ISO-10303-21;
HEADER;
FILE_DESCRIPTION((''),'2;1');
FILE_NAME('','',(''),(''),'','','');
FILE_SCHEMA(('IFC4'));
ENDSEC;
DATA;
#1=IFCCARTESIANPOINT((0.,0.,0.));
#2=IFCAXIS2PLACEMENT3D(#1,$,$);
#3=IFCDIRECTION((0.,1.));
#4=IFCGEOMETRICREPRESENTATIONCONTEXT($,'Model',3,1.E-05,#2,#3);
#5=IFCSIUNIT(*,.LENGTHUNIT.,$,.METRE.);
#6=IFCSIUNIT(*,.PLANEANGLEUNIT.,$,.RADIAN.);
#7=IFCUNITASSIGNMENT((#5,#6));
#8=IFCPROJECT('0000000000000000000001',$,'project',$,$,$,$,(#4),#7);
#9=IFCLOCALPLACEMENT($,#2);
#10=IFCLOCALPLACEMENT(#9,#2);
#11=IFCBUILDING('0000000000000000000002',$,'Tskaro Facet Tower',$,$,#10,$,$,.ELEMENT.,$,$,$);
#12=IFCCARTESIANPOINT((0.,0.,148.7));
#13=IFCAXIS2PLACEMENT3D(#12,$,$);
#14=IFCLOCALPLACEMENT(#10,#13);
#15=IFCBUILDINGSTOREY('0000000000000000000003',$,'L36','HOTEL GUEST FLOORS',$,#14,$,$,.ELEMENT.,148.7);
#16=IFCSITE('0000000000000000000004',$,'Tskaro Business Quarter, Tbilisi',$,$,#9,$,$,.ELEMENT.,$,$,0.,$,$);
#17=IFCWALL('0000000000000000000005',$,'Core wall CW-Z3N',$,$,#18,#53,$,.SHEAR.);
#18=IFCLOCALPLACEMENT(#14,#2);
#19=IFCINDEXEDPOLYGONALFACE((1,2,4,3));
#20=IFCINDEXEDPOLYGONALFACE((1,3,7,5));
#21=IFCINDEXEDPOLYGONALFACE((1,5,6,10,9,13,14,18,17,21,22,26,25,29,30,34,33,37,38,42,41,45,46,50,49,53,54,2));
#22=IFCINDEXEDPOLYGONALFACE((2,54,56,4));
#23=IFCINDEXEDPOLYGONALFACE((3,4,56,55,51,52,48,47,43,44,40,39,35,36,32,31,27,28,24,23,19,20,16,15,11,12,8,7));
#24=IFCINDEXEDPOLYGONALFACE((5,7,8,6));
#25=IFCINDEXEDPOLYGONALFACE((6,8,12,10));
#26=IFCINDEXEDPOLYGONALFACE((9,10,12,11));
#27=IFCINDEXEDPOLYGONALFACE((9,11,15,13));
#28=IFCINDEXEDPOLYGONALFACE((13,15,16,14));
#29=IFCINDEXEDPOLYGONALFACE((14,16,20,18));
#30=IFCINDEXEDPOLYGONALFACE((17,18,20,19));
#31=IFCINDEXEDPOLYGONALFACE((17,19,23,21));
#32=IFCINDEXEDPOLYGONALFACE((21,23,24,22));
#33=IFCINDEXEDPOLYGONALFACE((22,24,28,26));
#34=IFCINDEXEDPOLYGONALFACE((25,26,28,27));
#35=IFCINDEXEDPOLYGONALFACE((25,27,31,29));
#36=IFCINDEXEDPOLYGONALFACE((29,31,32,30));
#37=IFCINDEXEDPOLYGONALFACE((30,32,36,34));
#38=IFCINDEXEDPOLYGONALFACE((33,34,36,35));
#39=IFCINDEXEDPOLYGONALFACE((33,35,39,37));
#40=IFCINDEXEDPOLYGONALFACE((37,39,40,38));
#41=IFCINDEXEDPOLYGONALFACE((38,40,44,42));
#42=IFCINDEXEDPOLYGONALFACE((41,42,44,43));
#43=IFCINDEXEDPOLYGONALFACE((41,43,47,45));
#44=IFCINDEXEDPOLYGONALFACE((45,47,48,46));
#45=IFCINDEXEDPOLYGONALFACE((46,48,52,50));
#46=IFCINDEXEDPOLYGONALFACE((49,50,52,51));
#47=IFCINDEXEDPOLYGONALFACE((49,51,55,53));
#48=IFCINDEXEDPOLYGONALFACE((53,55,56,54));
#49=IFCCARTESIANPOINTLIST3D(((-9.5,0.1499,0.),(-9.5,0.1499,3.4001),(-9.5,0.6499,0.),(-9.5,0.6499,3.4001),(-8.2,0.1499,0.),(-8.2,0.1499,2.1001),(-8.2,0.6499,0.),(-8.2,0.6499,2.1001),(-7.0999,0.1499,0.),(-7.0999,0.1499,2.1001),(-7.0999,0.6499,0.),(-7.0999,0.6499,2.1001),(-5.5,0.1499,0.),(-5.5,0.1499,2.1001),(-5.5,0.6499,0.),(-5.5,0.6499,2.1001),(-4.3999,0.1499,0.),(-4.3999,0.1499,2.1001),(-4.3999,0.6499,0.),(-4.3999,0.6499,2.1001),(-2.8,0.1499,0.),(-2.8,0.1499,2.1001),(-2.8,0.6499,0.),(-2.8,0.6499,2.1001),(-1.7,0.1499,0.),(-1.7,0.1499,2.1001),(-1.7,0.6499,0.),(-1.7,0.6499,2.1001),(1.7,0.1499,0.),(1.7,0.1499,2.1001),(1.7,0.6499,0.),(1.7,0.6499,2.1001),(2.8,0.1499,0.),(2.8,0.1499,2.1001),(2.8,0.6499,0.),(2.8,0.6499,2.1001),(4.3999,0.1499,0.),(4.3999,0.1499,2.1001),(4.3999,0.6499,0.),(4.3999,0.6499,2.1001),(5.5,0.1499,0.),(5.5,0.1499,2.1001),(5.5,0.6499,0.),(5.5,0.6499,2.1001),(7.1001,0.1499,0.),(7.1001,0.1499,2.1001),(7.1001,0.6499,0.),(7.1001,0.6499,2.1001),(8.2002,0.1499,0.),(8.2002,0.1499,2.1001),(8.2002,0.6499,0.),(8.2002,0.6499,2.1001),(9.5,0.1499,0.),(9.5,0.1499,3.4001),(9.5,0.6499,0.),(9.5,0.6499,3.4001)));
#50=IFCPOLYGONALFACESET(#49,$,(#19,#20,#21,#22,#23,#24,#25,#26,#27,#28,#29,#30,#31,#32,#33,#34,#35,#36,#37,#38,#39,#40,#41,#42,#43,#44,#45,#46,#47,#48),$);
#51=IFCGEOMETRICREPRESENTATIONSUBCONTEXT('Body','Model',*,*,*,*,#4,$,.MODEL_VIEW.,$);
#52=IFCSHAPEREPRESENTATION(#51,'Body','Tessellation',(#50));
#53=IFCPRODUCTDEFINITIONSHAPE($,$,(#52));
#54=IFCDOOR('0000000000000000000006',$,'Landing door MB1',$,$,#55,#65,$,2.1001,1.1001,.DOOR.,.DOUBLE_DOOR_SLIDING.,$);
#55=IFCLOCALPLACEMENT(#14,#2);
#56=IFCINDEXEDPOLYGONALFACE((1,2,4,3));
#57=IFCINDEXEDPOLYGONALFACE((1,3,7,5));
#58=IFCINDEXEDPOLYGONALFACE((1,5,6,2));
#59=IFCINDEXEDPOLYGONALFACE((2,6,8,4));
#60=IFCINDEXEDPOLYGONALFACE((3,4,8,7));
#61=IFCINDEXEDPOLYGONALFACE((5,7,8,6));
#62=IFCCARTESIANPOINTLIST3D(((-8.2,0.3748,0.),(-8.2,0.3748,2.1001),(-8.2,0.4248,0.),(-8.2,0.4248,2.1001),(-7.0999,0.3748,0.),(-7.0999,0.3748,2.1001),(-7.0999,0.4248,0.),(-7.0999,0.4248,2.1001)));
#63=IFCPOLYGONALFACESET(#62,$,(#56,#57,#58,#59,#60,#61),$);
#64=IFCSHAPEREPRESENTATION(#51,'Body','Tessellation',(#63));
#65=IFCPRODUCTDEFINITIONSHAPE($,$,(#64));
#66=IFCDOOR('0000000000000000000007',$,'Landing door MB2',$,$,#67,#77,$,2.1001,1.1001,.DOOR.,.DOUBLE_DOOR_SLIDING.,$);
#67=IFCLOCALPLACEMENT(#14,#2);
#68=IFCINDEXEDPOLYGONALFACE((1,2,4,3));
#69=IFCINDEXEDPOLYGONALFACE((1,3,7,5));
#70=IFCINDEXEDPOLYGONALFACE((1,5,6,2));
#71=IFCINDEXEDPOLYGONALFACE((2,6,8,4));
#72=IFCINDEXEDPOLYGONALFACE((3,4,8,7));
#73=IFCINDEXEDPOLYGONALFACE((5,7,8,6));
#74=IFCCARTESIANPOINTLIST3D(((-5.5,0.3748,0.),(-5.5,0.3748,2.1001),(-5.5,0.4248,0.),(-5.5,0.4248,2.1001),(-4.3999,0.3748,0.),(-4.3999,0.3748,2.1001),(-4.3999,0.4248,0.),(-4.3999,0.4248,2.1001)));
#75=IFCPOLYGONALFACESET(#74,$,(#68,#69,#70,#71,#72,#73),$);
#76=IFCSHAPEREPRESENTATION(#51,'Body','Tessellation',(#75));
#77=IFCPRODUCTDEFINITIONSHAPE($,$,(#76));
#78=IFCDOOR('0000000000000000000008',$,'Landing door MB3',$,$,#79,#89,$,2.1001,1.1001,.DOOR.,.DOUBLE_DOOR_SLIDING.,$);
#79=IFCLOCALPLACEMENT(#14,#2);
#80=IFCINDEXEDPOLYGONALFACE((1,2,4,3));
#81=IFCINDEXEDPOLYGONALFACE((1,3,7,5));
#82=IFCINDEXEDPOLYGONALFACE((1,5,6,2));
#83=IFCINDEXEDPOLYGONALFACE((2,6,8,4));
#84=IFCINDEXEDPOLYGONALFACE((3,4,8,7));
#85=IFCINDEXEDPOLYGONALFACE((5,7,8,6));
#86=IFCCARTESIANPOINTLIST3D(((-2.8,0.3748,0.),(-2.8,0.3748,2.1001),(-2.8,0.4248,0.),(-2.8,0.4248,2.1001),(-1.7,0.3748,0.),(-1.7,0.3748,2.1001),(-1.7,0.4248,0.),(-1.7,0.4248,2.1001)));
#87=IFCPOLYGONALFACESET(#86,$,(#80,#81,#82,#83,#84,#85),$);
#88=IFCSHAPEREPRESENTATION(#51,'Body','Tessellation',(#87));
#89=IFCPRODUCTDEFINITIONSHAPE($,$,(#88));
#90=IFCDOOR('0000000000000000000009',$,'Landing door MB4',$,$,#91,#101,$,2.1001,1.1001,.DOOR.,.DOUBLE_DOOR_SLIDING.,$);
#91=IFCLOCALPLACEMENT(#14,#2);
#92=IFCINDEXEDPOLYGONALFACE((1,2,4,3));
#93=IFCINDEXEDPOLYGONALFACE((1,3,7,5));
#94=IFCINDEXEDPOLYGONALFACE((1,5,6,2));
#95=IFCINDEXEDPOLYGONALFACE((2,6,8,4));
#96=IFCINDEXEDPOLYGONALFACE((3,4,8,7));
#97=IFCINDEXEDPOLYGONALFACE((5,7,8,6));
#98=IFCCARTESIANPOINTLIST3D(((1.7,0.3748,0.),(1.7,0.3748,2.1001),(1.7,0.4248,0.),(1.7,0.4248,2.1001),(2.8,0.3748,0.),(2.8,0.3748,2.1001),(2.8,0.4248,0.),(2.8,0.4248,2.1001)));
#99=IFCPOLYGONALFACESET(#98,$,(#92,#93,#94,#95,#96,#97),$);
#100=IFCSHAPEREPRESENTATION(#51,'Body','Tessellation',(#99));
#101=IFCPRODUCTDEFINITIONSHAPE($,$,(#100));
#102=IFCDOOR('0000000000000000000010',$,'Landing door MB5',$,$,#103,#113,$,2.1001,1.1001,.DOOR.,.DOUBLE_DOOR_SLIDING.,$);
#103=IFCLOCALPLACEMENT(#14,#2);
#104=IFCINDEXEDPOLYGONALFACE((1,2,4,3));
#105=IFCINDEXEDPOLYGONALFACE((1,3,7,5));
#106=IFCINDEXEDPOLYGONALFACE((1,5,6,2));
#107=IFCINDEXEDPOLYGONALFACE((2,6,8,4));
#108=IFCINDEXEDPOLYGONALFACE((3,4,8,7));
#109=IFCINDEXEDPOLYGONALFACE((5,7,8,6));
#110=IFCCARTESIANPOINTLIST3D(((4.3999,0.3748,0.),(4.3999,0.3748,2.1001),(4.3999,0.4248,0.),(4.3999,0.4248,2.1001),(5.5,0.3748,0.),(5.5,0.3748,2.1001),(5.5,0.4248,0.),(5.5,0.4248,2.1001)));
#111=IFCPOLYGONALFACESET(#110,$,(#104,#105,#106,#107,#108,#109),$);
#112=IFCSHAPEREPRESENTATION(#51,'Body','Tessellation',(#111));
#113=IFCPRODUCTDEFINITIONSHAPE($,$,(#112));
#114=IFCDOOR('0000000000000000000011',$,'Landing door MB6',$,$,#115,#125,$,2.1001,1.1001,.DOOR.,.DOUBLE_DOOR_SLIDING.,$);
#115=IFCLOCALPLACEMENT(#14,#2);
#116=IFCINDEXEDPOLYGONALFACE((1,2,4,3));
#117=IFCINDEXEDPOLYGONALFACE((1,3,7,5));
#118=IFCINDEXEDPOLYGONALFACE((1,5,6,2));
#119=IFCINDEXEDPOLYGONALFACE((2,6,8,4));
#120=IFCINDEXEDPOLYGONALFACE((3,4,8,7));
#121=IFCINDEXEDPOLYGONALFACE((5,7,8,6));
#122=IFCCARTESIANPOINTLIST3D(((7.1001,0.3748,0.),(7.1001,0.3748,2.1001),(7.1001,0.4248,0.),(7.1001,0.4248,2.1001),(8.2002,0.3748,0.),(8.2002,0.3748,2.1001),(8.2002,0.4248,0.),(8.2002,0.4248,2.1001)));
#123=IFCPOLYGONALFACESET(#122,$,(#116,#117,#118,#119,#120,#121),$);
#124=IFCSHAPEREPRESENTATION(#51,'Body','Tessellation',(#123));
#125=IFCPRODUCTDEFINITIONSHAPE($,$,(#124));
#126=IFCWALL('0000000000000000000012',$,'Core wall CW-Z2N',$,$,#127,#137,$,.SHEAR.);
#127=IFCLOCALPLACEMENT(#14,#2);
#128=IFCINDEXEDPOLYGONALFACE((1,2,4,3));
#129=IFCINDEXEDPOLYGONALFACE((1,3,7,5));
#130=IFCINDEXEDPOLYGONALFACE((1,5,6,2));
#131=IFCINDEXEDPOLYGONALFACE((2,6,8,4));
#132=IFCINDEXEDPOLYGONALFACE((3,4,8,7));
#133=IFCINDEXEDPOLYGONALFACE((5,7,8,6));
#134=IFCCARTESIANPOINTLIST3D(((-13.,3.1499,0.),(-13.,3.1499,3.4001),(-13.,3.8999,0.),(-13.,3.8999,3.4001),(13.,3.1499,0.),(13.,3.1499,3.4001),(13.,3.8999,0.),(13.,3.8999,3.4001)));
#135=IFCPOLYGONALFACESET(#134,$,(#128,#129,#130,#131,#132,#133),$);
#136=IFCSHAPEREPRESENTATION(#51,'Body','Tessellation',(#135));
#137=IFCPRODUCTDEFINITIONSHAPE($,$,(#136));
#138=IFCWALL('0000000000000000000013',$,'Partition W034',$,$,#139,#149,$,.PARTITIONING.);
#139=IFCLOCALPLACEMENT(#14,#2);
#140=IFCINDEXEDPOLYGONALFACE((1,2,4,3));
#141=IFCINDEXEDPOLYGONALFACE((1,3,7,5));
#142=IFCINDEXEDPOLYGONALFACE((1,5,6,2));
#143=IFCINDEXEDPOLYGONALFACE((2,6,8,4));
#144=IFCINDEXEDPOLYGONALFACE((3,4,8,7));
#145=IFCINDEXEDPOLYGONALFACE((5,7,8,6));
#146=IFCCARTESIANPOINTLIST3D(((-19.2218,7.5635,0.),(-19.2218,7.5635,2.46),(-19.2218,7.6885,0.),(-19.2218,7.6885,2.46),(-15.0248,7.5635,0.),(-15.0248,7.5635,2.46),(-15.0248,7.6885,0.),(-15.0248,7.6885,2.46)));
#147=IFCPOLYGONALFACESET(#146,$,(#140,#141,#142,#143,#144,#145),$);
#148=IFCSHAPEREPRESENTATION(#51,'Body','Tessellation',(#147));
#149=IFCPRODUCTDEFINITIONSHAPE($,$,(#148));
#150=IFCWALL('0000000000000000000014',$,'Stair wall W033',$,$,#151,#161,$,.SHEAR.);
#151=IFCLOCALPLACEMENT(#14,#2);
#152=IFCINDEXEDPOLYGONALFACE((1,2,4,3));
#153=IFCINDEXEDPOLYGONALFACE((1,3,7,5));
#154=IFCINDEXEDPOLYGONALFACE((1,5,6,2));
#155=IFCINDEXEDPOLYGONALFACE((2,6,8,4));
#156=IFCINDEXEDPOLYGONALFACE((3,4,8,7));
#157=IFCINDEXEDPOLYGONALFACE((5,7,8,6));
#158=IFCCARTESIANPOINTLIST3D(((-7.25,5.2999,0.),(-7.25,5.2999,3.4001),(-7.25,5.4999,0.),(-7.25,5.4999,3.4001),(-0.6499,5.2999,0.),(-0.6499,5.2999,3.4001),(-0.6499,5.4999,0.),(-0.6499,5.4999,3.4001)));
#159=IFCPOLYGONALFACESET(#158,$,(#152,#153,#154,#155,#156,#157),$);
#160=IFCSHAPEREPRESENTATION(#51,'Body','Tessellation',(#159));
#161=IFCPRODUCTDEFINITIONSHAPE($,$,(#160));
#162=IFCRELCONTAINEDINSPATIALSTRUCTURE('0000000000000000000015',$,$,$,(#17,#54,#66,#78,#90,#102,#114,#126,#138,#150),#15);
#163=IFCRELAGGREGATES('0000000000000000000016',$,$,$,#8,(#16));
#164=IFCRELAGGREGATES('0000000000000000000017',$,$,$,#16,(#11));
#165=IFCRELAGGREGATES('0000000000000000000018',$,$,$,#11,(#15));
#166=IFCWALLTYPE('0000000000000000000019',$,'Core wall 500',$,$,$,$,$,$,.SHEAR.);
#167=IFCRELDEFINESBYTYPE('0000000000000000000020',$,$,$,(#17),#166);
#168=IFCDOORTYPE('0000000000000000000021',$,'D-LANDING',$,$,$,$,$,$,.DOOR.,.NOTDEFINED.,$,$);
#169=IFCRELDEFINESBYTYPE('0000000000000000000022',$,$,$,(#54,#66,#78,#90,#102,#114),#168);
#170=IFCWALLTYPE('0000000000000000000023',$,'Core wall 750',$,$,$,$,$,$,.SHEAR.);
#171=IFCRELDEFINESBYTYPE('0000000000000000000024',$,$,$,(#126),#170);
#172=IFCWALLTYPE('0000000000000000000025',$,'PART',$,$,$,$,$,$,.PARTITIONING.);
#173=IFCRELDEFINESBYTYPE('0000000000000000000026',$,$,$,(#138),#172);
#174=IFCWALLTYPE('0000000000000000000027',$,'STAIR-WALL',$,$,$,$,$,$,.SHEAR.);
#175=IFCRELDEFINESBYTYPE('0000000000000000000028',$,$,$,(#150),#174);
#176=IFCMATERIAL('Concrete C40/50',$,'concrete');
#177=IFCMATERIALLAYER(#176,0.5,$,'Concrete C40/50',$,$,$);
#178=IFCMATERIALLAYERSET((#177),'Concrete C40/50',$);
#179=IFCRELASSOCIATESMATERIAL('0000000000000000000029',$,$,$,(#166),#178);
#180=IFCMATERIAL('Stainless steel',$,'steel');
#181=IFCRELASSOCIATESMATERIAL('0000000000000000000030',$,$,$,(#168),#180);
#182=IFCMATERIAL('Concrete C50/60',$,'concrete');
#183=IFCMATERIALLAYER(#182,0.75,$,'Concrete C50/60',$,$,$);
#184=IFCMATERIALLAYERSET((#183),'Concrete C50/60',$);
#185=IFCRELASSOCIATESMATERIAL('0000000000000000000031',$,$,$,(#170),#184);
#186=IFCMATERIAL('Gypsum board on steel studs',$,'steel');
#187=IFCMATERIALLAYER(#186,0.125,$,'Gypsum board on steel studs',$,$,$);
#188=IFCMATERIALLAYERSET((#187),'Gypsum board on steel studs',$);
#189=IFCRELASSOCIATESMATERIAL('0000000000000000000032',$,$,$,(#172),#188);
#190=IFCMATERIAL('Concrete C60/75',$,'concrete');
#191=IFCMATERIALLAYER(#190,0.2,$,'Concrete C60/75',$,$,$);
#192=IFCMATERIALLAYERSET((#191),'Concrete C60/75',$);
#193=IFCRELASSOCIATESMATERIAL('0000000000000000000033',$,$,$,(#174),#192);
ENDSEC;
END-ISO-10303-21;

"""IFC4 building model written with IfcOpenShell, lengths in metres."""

from ifc_helpers import new_model, si_unit, direction, frame, frame_2d, origin, place, context, subcontext, project, spatial, rectangle, extrude, material, layer, layer_set, type_object, element, fill, save


model = new_model("IFC4")

# Units and contexts
model_context = context("Model", 3, precision=1e-05, world=origin(), true_north=direction((0.0, 1.0)))
body_context = subcontext(model_context, "Body", "Model", "MODEL_VIEW")
ifc_project = project(units=[si_unit("LENGTHUNIT", "METRE"), si_unit("PLANEANGLEUNIT", "RADIAN")], contexts=[model_context])

# Site, building, storey
site_placement = place(None, origin())
site = spatial("IfcSite", under=ifc_project, at=site_placement, Name="Tskaro Business Quarter, Tbilisi", CompositionType="ELEMENT", RefElevation=0.0)
building_placement = place(site_placement, origin())
building = spatial("IfcBuilding", under=site, at=building_placement, Name="Tskaro Facet Tower", CompositionType="ELEMENT")
storey_placement = place(building_placement, frame((0.0, 0.0, 148.7)))
storey = spatial("IfcBuildingStorey", under=building, at=storey_placement, Name="L36", Description="HOTEL GUEST FLOORS", CompositionType="ELEMENT", Elevation=148.7)

# Shared definitions
ifc_material_1 = material(Name="Concrete C60/75", Category="concrete")

# Wall, openings, doors
ifc_material_2 = material(Name="Concrete C40/50", Category="concrete")
ifc_layer_1 = layer(ifc_material_2, 0.5, Name="Concrete C40/50")
ifc_layer_set_1 = layer_set([ifc_layer_1], Name="Concrete C40/50")
wall_type_1 = type_object("IfcWallType", Name="Core wall 500", PredefinedType="SHEAR", material=ifc_layer_set_1)
wall_1_placement = place(storey_placement, frame((-9.5, 0.3999, 0.0), z_axis=(0.0, 0.0, 1.0), x_axis=(1.0, 0.0, 0.0)))
wall_1 = element("IfcWall", 1, at=wall_1_placement, inside=storey, type_object=wall_type_1, Name="Core wall CW-Z3N", PredefinedType="SHEAR", context=body_context, shape_type="SweptSolid", body=[
    extrude(rectangle(XDim=19.0, YDim=0.5, at=frame_2d((9.5, 0.0))), origin(), (0.0, 0.0, 1.0), 3.4001),
])
opening_1_placement = place(wall_1_placement, frame((1.3, 0.0, 0.0)))
opening_1 = element("IfcOpeningElement", 2, at=opening_1_placement, cuts=wall_1, PredefinedType="OPENING", context=body_context, shape_type="SweptSolid", body=[
    extrude(rectangle(XDim=1.1001, YDim=2.1001, at=frame_2d((0.55, 1.05))), frame((0.0, 0.26, 0.0), z_axis=(0.0, -1.0, 0.0), x_axis=(1.0, 0.0, 0.0)), (0.0, 0.0, 1.0), 0.52),
])
opening_2_placement = place(wall_1_placement, frame((4.0, 0.0, 0.0)))
opening_2 = element("IfcOpeningElement", 3, at=opening_2_placement, cuts=wall_1, PredefinedType="OPENING", context=body_context, shape_type="SweptSolid", body=[
    extrude(rectangle(XDim=1.1001, YDim=2.1001, at=frame_2d((0.55, 1.05))), frame((0.0, 0.26, 0.0), z_axis=(0.0, -1.0, 0.0), x_axis=(1.0, 0.0, 0.0)), (0.0, 0.0, 1.0), 0.52),
])
opening_3_placement = place(wall_1_placement, frame((6.7, 0.0, 0.0)))
opening_3 = element("IfcOpeningElement", 4, at=opening_3_placement, cuts=wall_1, PredefinedType="OPENING", context=body_context, shape_type="SweptSolid", body=[
    extrude(rectangle(XDim=1.1001, YDim=2.1001, at=frame_2d((0.55, 1.05))), frame((0.0, 0.26, 0.0), z_axis=(0.0, -1.0, 0.0), x_axis=(1.0, 0.0, 0.0)), (0.0, 0.0, 1.0), 0.52),
])
opening_4_placement = place(wall_1_placement, frame((11.2, 0.0, 0.0)))
opening_4 = element("IfcOpeningElement", 5, at=opening_4_placement, cuts=wall_1, PredefinedType="OPENING", context=body_context, shape_type="SweptSolid", body=[
    extrude(rectangle(XDim=1.1001, YDim=2.1001, at=frame_2d((0.55, 1.05))), frame((0.0, 0.26, 0.0), z_axis=(0.0, -1.0, 0.0), x_axis=(1.0, 0.0, 0.0)), (0.0, 0.0, 1.0), 0.52),
])
opening_5_placement = place(wall_1_placement, frame((13.8999, 0.0, 0.0)))
opening_5 = element("IfcOpeningElement", 6, at=opening_5_placement, cuts=wall_1, PredefinedType="OPENING", context=body_context, shape_type="SweptSolid", body=[
    extrude(rectangle(XDim=1.1001, YDim=2.1001, at=frame_2d((0.55, 1.05))), frame((0.0, 0.26, 0.0), z_axis=(0.0, -1.0, 0.0), x_axis=(1.0, 0.0, 0.0)), (0.0, 0.0, 1.0), 0.52),
])
opening_6_placement = place(wall_1_placement, frame((16.6001, 0.0, 0.0)))
opening_6 = element("IfcOpeningElement", 7, at=opening_6_placement, cuts=wall_1, PredefinedType="OPENING", context=body_context, shape_type="SweptSolid", body=[
    extrude(rectangle(XDim=1.1001, YDim=2.1001, at=frame_2d((0.55, 1.05))), frame((0.0, 0.26, 0.0), z_axis=(0.0, -1.0, 0.0), x_axis=(1.0, 0.0, 0.0)), (0.0, 0.0, 1.0), 0.52),
])
ifc_material_3 = material(Name="Stainless steel", Category="steel")
door_type_1 = type_object("IfcDoorType", Name="D-LANDING", OperationType="NOTDEFINED", PredefinedType="DOOR", material=ifc_material_3)
door_1_placement = place(opening_1_placement, origin())
door_1 = element("IfcDoor", 8, at=door_1_placement, inside=storey, type_object=door_type_1, Name="Landing door MB1", OperationType="DOUBLE_DOOR_SLIDING", OverallHeight=2.1001, OverallWidth=1.1001, PredefinedType="DOOR", context=body_context, shape_type="SweptSolid", body=[
    extrude(rectangle(XDim=1.1001, YDim=2.1001, at=frame_2d((0.55, 1.05))), frame((0.0, 0.0249, 0.0), z_axis=(0.0, -1.0, 0.0), x_axis=(1.0, 0.0, 0.0)), (0.0, 0.0, 1.0), 0.05),
])
fill(opening_1, door_1)
door_2_placement = place(opening_2_placement, origin())
door_2 = element("IfcDoor", 9, at=door_2_placement, inside=storey, type_object=door_type_1, Name="Landing door MB2", OperationType="DOUBLE_DOOR_SLIDING", OverallHeight=2.1001, OverallWidth=1.1001, PredefinedType="DOOR", context=body_context, shape_type="SweptSolid", body=[
    extrude(rectangle(XDim=1.1001, YDim=2.1001, at=frame_2d((0.55, 1.05))), frame((0.0, 0.0249, 0.0), z_axis=(0.0, -1.0, 0.0), x_axis=(1.0, 0.0, 0.0)), (0.0, 0.0, 1.0), 0.05),
])
fill(opening_2, door_2)
door_3_placement = place(opening_3_placement, origin())
door_3 = element("IfcDoor", 10, at=door_3_placement, inside=storey, type_object=door_type_1, Name="Landing door MB3", OperationType="DOUBLE_DOOR_SLIDING", OverallHeight=2.1001, OverallWidth=1.1001, PredefinedType="DOOR", context=body_context, shape_type="SweptSolid", body=[
    extrude(rectangle(XDim=1.1001, YDim=2.1001, at=frame_2d((0.55, 1.05))), frame((0.0, 0.0249, 0.0), z_axis=(0.0, -1.0, 0.0), x_axis=(1.0, 0.0, 0.0)), (0.0, 0.0, 1.0), 0.05),
])
fill(opening_3, door_3)
door_4_placement = place(opening_4_placement, origin())
door_4 = element("IfcDoor", 11, at=door_4_placement, inside=storey, type_object=door_type_1, Name="Landing door MB4", OperationType="DOUBLE_DOOR_SLIDING", OverallHeight=2.1001, OverallWidth=1.1001, PredefinedType="DOOR", context=body_context, shape_type="SweptSolid", body=[
    extrude(rectangle(XDim=1.1001, YDim=2.1001, at=frame_2d((0.55, 1.05))), frame((0.0, 0.0249, 0.0), z_axis=(0.0, -1.0, 0.0), x_axis=(1.0, 0.0, 0.0)), (0.0, 0.0, 1.0), 0.05),
])
fill(opening_4, door_4)
door_5_placement = place(opening_5_placement, origin())
door_5 = element("IfcDoor", 12, at=door_5_placement, inside=storey, type_object=door_type_1, Name="Landing door MB5", OperationType="DOUBLE_DOOR_SLIDING", OverallHeight=2.1001, OverallWidth=1.1001, PredefinedType="DOOR", context=body_context, shape_type="SweptSolid", body=[
    extrude(rectangle(XDim=1.1001, YDim=2.1001, at=frame_2d((0.55, 1.05))), frame((0.0, 0.0249, 0.0), z_axis=(0.0, -1.0, 0.0), x_axis=(1.0, 0.0, 0.0)), (0.0, 0.0, 1.0), 0.05),
])
fill(opening_5, door_5)
door_6_placement = place(opening_6_placement, origin())
door_6 = element("IfcDoor", 13, at=door_6_placement, inside=storey, type_object=door_type_1, Name="Landing door MB6", OperationType="DOUBLE_DOOR_SLIDING", OverallHeight=2.1001, OverallWidth=1.1001, PredefinedType="DOOR", context=body_context, shape_type="SweptSolid", body=[
    extrude(rectangle(XDim=1.1001, YDim=2.1001, at=frame_2d((0.55, 1.05))), frame((0.0, 0.0249, 0.0), z_axis=(0.0, -1.0, 0.0), x_axis=(1.0, 0.0, 0.0)), (0.0, 0.0, 1.0), 0.05),
])
fill(opening_6, door_6)

# Walls
ifc_material_4 = material(Name="Concrete C50/60", Category="concrete")
ifc_layer_2 = layer(ifc_material_4, 0.75, Name="Concrete C50/60")
ifc_layer_set_2 = layer_set([ifc_layer_2], Name="Concrete C50/60")
wall_type_2 = type_object("IfcWallType", Name="Core wall 750", PredefinedType="SHEAR", material=ifc_layer_set_2)
wall_2_placement = place(storey_placement, frame((-13.0, 3.5249, 0.0), z_axis=(0.0, 0.0, 1.0), x_axis=(1.0, 0.0, 0.0)))
element("IfcWall", 14, at=wall_2_placement, inside=storey, type_object=wall_type_2, Name="Core wall CW-Z2N", PredefinedType="SHEAR", context=body_context, shape_type="SweptSolid", body=[
    extrude(rectangle(XDim=26.0, YDim=0.75, at=frame_2d((13.0, 0.0))), origin(), (0.0, 0.0, 1.0), 3.4001),
])
ifc_material_5 = material(Name="Gypsum board on steel studs", Category="steel")
ifc_layer_3 = layer(ifc_material_5, 0.125, Name="Gypsum board on steel studs")
ifc_layer_set_3 = layer_set([ifc_layer_3], Name="Gypsum board on steel studs")
wall_type_3 = type_object("IfcWallType", Name="PART", PredefinedType="PARTITIONING", material=ifc_layer_set_3)
wall_3_placement = place(storey_placement, frame((-19.2219, 7.626, 0.0), z_axis=(0.0, 0.0, 1.0), x_axis=(1.0, 0.0, 0.0)))
element("IfcWall", 15, at=wall_3_placement, inside=storey, type_object=wall_type_3, Name="Partition W034", PredefinedType="PARTITIONING", context=body_context, shape_type="SweptSolid", body=[
    extrude(rectangle(XDim=4.197, YDim=0.125, at=frame_2d((2.0986, 0.0))), origin(), (0.0, 0.0, 1.0), 2.46),
])
ifc_layer_4 = layer(ifc_material_1, 0.2, Name="Concrete C60/75")
ifc_layer_set_4 = layer_set([ifc_layer_4], Name="Concrete C60/75")
wall_type_4 = type_object("IfcWallType", Name="STAIR-WALL", PredefinedType="SHEAR", material=ifc_layer_set_4)
wall_4_placement = place(storey_placement, frame((-7.25, 5.3999, 0.0), z_axis=(0.0, 0.0, 1.0), x_axis=(1.0, 0.0, 0.0)))
element("IfcWall", 16, at=wall_4_placement, inside=storey, type_object=wall_type_4, Name="Stair wall W033", PredefinedType="SHEAR", context=body_context, shape_type="SweptSolid", body=[
    extrude(rectangle(XDim=6.6001, YDim=0.2, at=frame_2d((3.3, 0.0))), origin(), (0.0, 0.0, 1.0), 3.4001),
])

save(model, "model.ifc")
